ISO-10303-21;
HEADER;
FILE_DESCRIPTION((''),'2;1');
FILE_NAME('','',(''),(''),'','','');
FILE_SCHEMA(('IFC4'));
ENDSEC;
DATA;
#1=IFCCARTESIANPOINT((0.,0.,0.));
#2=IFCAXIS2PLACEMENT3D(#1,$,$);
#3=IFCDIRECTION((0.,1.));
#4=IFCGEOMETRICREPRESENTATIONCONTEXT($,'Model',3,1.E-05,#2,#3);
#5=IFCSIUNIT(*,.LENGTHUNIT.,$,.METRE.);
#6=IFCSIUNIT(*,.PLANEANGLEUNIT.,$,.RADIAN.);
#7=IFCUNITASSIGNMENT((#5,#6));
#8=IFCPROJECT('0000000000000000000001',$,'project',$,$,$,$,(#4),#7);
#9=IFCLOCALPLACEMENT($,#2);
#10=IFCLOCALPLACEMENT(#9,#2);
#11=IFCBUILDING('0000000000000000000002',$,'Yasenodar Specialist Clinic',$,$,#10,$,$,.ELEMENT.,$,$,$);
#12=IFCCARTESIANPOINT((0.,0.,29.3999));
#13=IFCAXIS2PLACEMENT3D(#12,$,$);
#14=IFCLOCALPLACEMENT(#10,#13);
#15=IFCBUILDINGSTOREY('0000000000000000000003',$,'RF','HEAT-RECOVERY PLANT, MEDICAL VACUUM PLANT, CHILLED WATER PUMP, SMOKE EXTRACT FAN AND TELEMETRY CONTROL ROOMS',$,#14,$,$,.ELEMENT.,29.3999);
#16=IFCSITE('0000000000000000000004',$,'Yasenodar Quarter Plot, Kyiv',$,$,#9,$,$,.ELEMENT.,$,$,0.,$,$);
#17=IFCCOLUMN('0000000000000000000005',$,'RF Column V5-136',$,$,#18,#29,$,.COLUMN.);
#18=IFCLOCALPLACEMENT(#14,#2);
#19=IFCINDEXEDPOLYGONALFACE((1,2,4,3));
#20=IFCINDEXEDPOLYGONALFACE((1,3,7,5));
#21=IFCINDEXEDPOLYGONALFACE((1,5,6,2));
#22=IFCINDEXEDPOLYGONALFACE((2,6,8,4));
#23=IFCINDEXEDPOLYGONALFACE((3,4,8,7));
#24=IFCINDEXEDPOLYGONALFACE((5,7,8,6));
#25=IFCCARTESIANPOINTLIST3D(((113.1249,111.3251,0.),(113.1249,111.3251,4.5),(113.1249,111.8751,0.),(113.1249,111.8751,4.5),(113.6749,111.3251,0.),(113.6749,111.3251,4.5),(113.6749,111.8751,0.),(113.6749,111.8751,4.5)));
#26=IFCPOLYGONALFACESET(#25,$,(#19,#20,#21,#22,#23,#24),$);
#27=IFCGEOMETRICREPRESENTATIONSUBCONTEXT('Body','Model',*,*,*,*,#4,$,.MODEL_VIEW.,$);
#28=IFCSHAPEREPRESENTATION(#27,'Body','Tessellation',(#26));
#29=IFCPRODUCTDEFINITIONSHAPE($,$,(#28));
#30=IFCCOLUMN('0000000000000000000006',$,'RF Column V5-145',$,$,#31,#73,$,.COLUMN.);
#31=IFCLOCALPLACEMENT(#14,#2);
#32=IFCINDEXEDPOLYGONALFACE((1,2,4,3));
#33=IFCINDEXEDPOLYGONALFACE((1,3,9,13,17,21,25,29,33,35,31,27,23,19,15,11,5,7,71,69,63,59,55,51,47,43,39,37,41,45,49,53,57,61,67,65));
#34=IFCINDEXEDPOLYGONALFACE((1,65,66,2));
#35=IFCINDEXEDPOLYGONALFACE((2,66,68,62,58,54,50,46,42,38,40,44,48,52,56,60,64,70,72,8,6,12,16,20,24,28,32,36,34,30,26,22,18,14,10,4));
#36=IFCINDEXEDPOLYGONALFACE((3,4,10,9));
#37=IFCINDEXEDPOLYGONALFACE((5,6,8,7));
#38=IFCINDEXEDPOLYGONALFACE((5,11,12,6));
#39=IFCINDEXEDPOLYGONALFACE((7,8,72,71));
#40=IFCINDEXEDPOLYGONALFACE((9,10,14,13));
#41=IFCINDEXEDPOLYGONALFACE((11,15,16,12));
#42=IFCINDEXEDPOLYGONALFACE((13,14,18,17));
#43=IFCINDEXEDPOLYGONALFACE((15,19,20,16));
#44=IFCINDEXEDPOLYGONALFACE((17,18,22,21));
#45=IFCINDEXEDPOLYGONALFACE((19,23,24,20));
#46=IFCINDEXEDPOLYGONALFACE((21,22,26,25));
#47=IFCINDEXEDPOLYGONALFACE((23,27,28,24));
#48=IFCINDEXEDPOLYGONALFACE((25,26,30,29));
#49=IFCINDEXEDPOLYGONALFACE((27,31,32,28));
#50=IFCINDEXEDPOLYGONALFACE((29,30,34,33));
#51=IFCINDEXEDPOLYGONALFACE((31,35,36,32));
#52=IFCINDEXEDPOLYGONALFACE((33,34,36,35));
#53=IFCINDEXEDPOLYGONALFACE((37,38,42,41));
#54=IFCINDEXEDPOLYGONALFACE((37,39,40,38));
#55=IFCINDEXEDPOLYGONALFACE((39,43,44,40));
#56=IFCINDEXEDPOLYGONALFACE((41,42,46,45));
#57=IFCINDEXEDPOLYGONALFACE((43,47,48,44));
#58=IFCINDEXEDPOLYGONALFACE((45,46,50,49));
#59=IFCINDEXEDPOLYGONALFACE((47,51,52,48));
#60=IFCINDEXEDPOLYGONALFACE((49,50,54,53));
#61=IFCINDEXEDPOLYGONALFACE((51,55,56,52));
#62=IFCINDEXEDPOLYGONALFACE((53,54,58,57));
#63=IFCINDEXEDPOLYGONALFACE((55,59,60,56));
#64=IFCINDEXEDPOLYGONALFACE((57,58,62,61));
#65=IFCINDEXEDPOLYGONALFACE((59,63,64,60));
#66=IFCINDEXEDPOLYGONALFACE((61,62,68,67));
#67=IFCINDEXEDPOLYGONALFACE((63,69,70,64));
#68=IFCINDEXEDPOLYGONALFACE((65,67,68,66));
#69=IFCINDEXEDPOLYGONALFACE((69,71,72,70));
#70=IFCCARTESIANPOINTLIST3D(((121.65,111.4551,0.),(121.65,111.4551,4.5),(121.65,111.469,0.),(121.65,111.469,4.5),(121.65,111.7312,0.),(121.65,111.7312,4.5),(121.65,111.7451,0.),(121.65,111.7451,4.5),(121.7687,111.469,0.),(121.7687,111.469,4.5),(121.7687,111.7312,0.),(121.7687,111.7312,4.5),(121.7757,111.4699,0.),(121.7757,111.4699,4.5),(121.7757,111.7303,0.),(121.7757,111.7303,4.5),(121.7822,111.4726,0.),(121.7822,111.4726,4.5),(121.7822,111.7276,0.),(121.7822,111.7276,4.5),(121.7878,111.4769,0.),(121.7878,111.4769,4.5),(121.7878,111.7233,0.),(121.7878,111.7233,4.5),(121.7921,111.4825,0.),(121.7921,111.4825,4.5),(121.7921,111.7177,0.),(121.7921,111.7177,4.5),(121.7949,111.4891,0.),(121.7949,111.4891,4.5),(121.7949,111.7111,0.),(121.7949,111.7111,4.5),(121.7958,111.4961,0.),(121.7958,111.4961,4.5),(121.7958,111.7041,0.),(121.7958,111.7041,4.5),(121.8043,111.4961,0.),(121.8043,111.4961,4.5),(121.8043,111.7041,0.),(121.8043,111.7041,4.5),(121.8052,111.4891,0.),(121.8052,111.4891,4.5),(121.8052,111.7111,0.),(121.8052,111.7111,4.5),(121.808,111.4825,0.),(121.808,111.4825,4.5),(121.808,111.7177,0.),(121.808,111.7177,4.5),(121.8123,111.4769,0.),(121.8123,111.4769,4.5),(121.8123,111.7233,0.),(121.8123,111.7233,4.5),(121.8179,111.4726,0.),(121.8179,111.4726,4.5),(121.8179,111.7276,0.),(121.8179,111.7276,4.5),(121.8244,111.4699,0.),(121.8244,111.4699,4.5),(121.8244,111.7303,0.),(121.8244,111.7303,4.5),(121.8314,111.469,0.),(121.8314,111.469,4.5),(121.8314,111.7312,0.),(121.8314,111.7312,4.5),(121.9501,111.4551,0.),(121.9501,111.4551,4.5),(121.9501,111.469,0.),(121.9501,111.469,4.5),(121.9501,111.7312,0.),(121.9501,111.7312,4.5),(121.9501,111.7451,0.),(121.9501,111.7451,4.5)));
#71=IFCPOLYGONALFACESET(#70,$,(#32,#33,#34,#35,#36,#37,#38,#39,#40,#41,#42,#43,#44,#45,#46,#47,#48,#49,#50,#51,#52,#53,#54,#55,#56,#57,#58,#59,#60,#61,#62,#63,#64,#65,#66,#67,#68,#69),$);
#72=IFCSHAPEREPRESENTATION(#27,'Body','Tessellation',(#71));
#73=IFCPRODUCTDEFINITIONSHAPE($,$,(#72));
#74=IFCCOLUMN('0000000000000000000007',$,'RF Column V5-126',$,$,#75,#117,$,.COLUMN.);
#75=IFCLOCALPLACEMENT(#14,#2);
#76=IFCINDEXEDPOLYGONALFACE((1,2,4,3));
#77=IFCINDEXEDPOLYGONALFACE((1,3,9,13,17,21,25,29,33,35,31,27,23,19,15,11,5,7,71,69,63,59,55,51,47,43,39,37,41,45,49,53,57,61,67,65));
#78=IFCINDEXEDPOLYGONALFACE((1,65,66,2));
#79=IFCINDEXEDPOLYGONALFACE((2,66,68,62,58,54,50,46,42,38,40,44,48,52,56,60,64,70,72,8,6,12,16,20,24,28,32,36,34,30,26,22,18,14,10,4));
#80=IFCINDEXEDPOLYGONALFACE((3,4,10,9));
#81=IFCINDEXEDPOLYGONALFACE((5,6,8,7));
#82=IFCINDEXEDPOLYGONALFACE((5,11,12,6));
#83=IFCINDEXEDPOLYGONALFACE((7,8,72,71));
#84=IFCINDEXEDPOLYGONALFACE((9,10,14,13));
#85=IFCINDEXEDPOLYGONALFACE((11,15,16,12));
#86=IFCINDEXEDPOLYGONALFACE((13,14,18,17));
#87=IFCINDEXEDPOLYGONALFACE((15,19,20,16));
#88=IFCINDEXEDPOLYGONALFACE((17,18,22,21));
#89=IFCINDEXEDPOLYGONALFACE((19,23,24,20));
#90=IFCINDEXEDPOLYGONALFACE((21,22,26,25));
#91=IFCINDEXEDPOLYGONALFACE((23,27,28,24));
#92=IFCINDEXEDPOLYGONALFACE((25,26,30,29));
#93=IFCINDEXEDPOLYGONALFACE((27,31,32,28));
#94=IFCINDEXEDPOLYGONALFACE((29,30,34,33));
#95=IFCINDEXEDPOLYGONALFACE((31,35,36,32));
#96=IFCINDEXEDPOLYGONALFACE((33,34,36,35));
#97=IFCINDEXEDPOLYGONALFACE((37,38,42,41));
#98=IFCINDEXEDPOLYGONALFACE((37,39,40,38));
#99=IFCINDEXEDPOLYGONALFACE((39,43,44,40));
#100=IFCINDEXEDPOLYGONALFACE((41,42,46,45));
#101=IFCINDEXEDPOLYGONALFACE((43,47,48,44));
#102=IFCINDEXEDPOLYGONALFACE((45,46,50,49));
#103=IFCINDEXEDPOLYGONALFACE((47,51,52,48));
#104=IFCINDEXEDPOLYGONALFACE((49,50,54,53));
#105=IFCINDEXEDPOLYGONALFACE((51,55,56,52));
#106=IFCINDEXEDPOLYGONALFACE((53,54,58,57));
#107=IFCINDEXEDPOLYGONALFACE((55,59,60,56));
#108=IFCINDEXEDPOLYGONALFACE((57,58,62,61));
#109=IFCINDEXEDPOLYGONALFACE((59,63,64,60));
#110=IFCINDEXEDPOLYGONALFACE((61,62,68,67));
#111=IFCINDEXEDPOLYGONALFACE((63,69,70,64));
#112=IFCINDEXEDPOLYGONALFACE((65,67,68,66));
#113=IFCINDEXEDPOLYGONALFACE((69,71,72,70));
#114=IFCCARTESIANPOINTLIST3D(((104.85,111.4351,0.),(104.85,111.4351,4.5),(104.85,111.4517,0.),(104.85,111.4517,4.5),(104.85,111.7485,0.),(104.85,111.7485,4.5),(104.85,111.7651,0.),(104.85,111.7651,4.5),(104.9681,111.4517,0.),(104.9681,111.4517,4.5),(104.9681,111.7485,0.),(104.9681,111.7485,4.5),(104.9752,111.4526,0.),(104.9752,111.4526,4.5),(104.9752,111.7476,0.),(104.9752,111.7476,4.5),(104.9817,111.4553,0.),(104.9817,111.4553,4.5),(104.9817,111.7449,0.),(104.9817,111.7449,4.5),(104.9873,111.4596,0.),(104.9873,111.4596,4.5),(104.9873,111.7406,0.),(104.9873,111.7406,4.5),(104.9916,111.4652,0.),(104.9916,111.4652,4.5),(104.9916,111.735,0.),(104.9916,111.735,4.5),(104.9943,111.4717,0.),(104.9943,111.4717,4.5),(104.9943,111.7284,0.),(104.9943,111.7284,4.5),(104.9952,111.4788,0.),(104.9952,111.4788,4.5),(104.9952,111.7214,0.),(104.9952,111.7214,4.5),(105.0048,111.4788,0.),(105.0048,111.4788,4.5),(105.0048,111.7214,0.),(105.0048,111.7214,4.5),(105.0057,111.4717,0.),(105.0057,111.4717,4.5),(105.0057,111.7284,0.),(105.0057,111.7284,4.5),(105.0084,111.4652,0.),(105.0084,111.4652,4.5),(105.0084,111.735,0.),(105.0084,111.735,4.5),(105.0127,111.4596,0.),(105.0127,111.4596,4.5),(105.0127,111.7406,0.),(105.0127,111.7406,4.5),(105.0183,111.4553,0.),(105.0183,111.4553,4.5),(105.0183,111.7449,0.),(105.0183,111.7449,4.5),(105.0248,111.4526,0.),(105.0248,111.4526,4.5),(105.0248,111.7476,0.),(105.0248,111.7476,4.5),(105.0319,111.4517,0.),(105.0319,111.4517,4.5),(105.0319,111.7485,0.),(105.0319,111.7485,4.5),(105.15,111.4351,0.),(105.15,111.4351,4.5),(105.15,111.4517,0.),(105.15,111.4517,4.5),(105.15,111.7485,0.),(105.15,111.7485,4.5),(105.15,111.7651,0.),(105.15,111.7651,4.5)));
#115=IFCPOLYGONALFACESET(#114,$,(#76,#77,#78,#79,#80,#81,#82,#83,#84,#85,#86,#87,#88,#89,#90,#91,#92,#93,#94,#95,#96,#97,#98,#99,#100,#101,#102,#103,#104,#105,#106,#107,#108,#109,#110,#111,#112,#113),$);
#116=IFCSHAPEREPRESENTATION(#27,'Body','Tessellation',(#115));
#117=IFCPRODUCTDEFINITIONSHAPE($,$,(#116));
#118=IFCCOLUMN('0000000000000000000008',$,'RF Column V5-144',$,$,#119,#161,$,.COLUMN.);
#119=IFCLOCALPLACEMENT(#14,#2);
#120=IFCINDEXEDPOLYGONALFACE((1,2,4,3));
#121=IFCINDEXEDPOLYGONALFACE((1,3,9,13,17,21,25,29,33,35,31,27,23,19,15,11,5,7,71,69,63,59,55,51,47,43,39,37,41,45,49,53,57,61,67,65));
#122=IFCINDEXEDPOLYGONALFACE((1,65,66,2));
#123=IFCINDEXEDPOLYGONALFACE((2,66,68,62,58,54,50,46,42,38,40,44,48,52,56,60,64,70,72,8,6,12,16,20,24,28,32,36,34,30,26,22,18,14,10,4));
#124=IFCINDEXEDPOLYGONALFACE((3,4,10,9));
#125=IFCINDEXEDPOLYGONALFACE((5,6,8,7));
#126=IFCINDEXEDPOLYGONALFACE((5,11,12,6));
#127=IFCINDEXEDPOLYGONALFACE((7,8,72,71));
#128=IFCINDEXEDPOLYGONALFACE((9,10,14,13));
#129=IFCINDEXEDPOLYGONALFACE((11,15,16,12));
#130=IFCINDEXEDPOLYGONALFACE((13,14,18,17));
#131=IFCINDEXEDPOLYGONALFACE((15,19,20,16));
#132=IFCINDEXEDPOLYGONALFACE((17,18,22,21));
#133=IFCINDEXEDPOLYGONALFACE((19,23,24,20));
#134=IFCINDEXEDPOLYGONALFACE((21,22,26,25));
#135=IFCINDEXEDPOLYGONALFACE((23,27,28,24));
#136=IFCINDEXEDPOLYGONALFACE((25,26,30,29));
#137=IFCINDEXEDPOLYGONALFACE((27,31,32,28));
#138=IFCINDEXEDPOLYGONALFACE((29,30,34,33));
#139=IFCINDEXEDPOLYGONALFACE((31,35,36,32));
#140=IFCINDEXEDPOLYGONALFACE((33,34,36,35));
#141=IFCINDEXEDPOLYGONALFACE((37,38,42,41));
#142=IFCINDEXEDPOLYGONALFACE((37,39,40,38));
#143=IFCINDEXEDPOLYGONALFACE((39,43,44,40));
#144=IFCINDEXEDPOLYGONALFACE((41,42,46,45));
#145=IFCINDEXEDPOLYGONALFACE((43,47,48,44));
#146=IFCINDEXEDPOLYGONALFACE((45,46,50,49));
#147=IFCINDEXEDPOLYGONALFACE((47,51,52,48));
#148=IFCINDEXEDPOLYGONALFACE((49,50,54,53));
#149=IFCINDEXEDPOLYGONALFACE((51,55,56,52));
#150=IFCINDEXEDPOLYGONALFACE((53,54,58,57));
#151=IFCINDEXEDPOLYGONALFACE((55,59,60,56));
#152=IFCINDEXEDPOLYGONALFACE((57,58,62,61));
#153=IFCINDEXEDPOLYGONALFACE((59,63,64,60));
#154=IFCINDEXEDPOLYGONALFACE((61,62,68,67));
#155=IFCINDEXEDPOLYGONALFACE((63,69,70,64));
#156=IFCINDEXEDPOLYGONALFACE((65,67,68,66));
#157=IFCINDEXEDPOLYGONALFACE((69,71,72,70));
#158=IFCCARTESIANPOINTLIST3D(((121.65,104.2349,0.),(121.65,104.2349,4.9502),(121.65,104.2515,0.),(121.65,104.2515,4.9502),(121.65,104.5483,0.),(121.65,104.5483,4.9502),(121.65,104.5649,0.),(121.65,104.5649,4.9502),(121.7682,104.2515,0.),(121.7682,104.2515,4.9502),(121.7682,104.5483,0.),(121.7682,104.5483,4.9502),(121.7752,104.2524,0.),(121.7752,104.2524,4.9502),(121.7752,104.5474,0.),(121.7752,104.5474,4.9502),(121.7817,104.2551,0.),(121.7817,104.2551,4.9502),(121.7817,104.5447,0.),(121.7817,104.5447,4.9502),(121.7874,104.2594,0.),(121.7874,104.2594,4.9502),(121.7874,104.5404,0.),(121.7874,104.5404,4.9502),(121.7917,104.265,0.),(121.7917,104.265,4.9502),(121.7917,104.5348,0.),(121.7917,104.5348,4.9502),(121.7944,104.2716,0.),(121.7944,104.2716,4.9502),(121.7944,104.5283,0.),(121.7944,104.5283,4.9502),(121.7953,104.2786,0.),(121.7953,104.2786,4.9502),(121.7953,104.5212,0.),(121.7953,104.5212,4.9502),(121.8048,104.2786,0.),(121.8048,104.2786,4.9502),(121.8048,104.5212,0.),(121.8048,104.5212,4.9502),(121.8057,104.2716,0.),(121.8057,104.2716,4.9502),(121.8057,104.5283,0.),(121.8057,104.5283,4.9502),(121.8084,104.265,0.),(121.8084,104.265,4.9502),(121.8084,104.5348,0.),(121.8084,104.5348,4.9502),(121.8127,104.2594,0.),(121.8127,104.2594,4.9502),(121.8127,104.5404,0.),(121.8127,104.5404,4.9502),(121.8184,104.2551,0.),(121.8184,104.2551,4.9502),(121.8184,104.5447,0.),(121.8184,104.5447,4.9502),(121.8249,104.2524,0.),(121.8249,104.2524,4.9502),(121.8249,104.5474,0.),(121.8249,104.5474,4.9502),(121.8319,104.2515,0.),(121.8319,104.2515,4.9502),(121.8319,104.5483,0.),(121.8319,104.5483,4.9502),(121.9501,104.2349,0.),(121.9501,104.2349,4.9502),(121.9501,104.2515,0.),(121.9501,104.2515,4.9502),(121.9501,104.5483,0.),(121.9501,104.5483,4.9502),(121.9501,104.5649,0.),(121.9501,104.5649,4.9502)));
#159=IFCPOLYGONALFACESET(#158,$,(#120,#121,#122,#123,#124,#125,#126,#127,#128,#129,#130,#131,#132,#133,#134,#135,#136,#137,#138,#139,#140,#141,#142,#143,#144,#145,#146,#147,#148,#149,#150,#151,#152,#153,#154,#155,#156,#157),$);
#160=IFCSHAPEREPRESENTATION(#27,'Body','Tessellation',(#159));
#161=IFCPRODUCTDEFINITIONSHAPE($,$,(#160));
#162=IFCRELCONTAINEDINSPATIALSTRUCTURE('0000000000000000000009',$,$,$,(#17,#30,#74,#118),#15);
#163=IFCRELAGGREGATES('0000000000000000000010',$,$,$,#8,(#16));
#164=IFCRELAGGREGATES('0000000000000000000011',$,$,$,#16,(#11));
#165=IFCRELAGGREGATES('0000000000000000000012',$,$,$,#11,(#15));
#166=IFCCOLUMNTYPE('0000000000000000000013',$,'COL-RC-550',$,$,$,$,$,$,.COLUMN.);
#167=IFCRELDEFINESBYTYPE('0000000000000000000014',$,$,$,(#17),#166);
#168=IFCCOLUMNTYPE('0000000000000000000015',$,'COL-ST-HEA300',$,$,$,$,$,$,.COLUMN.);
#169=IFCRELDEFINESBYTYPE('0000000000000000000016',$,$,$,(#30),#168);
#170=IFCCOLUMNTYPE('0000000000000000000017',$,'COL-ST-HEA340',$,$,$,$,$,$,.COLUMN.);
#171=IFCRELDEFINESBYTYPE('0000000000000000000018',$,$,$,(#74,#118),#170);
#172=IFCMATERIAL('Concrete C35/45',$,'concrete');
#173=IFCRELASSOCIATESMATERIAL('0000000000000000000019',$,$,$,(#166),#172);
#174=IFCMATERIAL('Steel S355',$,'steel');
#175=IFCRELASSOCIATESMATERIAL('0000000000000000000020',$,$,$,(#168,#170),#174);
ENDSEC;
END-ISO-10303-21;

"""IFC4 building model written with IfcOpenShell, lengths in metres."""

from ifc_helpers import new_model, si_unit, direction, frame, origin, origin_2d, place, context, subcontext, project, spatial, rectangle, i_section, extrude, material, material_profile, profile_set, type_object, element, save


model = new_model("IFC4")

# Units and contexts
model_context = context("Model", 3, precision=1e-05, world=origin(), true_north=direction((0.0, 1.0)))
body_context = subcontext(model_context, "Body", "Model", "MODEL_VIEW")
ifc_project = project(units=[si_unit("LENGTHUNIT", "METRE"), si_unit("PLANEANGLEUNIT", "RADIAN")], contexts=[model_context])

# Site, building, storey
site_placement = place(None, origin())
site = spatial("IfcSite", under=ifc_project, at=site_placement, Name="Yasenodar Quarter Plot, Kyiv", CompositionType="ELEMENT", RefElevation=0.0)
building_placement = place(site_placement, origin())
building = spatial("IfcBuilding", under=site, at=building_placement, Name="Yasenodar Specialist Clinic", CompositionType="ELEMENT")
storey_placement = place(building_placement, frame((0.0, 0.0, 29.3999)))
storey = spatial("IfcBuildingStorey", under=building, at=storey_placement, Name="RF", Description="HEAT-RECOVERY PLANT, MEDICAL VACUUM PLANT, CHILLED WATER PUMP, SMOKE EXTRACT FAN AND TELEMETRY CONTROL ROOMS", CompositionType="ELEMENT", Elevation=29.3999)

# Columns
ifc_material_1 = material(Name="Concrete C35/45", Category="concrete")
ifc_material_profile_1 = material_profile(ifc_material_1, rectangle(XDim=0.55, YDim=0.55, at=origin_2d()), Name="RC 550x550")
ifc_profile_set_1 = profile_set([ifc_material_profile_1], Name="Concrete C35/45")
column_type_1 = type_object("IfcColumnType", Name="COL-RC-550", PredefinedType="COLUMN", material=ifc_profile_set_1)
column_1_placement = place(storey_placement, frame((113.3999, 111.6001, 0.0), z_axis=(0.0, 0.0, 1.0), x_axis=(1.0, 0.0, 0.0)))
element("IfcColumn", 1, at=column_1_placement, inside=storey, type_object=column_type_1, Name="RF Column V5-136", PredefinedType="COLUMN", context=body_context, shape_type="SweptSolid", body=[
    extrude(rectangle(XDim=0.55, YDim=0.55, at=origin_2d()), origin(), (0.0, 0.0, 1.0), 4.5),
])
ifc_material_2 = material(Name="Steel S355", Category="steel")
ifc_material_profile_2 = material_profile(ifc_material_2, i_section(OverallWidth=0.3, OverallDepth=0.29, WebThickness=0.0085, FlangeThickness=0.0139, FilletRadius=0.0271, at=origin_2d()), Name="HEA 300")
ifc_profile_set_2 = profile_set([ifc_material_profile_2], Name="Steel S355")
column_type_2 = type_object("IfcColumnType", Name="COL-ST-HEA300", PredefinedType="COLUMN", material=ifc_profile_set_2)
column_2_placement = place(storey_placement, frame((121.8, 111.6001, 0.0), z_axis=(0.0, 0.0, 1.0), x_axis=(1.0, 0.0, 0.0)))
element("IfcColumn", 2, at=column_2_placement, inside=storey, type_object=column_type_2, Name="RF Column V5-145", PredefinedType="COLUMN", context=body_context, shape_type="SweptSolid", body=[
    extrude(i_section(OverallWidth=0.3, OverallDepth=0.29, WebThickness=0.0085, FlangeThickness=0.0139, FilletRadius=0.0271, at=origin_2d()), origin(), (0.0, 0.0, 1.0), 4.5),
])
ifc_material_profile_3 = material_profile(ifc_material_2, i_section(OverallWidth=0.3, OverallDepth=0.3301, WebThickness=0.0095, FlangeThickness=0.0166, FilletRadius=0.0271, at=origin_2d()), Name="HEA 340")
ifc_profile_set_3 = profile_set([ifc_material_profile_3], Name="Steel S355")
column_type_3 = type_object("IfcColumnType", Name="COL-ST-HEA340", PredefinedType="COLUMN", material=ifc_profile_set_3)
column_3_placement = place(storey_placement, frame((105.0, 111.6001, 0.0), z_axis=(0.0, 0.0, 1.0), x_axis=(1.0, 0.0, 0.0)))
element("IfcColumn", 3, at=column_3_placement, inside=storey, type_object=column_type_3, Name="RF Column V5-126", PredefinedType="COLUMN", context=body_context, shape_type="SweptSolid", body=[
    extrude(i_section(OverallWidth=0.3, OverallDepth=0.3301, WebThickness=0.0095, FlangeThickness=0.0166, FilletRadius=0.0271, at=origin_2d()), origin(), (0.0, 0.0, 1.0), 4.5),
])
column_4_placement = place(storey_placement, frame((121.8, 104.3999, 0.0), z_axis=(0.0, 0.0, 1.0), x_axis=(1.0, 0.0, 0.0)))
element("IfcColumn", 4, at=column_4_placement, inside=storey, type_object=column_type_3, Name="RF Column V5-144", PredefinedType="COLUMN", context=body_context, shape_type="SweptSolid", body=[
    extrude(i_section(OverallWidth=0.3, OverallDepth=0.3301, WebThickness=0.0095, FlangeThickness=0.0166, FilletRadius=0.0271, at=origin_2d()), origin(), (0.0, 0.0, 1.0), 4.9502),
])

save(model, "model.ifc")
